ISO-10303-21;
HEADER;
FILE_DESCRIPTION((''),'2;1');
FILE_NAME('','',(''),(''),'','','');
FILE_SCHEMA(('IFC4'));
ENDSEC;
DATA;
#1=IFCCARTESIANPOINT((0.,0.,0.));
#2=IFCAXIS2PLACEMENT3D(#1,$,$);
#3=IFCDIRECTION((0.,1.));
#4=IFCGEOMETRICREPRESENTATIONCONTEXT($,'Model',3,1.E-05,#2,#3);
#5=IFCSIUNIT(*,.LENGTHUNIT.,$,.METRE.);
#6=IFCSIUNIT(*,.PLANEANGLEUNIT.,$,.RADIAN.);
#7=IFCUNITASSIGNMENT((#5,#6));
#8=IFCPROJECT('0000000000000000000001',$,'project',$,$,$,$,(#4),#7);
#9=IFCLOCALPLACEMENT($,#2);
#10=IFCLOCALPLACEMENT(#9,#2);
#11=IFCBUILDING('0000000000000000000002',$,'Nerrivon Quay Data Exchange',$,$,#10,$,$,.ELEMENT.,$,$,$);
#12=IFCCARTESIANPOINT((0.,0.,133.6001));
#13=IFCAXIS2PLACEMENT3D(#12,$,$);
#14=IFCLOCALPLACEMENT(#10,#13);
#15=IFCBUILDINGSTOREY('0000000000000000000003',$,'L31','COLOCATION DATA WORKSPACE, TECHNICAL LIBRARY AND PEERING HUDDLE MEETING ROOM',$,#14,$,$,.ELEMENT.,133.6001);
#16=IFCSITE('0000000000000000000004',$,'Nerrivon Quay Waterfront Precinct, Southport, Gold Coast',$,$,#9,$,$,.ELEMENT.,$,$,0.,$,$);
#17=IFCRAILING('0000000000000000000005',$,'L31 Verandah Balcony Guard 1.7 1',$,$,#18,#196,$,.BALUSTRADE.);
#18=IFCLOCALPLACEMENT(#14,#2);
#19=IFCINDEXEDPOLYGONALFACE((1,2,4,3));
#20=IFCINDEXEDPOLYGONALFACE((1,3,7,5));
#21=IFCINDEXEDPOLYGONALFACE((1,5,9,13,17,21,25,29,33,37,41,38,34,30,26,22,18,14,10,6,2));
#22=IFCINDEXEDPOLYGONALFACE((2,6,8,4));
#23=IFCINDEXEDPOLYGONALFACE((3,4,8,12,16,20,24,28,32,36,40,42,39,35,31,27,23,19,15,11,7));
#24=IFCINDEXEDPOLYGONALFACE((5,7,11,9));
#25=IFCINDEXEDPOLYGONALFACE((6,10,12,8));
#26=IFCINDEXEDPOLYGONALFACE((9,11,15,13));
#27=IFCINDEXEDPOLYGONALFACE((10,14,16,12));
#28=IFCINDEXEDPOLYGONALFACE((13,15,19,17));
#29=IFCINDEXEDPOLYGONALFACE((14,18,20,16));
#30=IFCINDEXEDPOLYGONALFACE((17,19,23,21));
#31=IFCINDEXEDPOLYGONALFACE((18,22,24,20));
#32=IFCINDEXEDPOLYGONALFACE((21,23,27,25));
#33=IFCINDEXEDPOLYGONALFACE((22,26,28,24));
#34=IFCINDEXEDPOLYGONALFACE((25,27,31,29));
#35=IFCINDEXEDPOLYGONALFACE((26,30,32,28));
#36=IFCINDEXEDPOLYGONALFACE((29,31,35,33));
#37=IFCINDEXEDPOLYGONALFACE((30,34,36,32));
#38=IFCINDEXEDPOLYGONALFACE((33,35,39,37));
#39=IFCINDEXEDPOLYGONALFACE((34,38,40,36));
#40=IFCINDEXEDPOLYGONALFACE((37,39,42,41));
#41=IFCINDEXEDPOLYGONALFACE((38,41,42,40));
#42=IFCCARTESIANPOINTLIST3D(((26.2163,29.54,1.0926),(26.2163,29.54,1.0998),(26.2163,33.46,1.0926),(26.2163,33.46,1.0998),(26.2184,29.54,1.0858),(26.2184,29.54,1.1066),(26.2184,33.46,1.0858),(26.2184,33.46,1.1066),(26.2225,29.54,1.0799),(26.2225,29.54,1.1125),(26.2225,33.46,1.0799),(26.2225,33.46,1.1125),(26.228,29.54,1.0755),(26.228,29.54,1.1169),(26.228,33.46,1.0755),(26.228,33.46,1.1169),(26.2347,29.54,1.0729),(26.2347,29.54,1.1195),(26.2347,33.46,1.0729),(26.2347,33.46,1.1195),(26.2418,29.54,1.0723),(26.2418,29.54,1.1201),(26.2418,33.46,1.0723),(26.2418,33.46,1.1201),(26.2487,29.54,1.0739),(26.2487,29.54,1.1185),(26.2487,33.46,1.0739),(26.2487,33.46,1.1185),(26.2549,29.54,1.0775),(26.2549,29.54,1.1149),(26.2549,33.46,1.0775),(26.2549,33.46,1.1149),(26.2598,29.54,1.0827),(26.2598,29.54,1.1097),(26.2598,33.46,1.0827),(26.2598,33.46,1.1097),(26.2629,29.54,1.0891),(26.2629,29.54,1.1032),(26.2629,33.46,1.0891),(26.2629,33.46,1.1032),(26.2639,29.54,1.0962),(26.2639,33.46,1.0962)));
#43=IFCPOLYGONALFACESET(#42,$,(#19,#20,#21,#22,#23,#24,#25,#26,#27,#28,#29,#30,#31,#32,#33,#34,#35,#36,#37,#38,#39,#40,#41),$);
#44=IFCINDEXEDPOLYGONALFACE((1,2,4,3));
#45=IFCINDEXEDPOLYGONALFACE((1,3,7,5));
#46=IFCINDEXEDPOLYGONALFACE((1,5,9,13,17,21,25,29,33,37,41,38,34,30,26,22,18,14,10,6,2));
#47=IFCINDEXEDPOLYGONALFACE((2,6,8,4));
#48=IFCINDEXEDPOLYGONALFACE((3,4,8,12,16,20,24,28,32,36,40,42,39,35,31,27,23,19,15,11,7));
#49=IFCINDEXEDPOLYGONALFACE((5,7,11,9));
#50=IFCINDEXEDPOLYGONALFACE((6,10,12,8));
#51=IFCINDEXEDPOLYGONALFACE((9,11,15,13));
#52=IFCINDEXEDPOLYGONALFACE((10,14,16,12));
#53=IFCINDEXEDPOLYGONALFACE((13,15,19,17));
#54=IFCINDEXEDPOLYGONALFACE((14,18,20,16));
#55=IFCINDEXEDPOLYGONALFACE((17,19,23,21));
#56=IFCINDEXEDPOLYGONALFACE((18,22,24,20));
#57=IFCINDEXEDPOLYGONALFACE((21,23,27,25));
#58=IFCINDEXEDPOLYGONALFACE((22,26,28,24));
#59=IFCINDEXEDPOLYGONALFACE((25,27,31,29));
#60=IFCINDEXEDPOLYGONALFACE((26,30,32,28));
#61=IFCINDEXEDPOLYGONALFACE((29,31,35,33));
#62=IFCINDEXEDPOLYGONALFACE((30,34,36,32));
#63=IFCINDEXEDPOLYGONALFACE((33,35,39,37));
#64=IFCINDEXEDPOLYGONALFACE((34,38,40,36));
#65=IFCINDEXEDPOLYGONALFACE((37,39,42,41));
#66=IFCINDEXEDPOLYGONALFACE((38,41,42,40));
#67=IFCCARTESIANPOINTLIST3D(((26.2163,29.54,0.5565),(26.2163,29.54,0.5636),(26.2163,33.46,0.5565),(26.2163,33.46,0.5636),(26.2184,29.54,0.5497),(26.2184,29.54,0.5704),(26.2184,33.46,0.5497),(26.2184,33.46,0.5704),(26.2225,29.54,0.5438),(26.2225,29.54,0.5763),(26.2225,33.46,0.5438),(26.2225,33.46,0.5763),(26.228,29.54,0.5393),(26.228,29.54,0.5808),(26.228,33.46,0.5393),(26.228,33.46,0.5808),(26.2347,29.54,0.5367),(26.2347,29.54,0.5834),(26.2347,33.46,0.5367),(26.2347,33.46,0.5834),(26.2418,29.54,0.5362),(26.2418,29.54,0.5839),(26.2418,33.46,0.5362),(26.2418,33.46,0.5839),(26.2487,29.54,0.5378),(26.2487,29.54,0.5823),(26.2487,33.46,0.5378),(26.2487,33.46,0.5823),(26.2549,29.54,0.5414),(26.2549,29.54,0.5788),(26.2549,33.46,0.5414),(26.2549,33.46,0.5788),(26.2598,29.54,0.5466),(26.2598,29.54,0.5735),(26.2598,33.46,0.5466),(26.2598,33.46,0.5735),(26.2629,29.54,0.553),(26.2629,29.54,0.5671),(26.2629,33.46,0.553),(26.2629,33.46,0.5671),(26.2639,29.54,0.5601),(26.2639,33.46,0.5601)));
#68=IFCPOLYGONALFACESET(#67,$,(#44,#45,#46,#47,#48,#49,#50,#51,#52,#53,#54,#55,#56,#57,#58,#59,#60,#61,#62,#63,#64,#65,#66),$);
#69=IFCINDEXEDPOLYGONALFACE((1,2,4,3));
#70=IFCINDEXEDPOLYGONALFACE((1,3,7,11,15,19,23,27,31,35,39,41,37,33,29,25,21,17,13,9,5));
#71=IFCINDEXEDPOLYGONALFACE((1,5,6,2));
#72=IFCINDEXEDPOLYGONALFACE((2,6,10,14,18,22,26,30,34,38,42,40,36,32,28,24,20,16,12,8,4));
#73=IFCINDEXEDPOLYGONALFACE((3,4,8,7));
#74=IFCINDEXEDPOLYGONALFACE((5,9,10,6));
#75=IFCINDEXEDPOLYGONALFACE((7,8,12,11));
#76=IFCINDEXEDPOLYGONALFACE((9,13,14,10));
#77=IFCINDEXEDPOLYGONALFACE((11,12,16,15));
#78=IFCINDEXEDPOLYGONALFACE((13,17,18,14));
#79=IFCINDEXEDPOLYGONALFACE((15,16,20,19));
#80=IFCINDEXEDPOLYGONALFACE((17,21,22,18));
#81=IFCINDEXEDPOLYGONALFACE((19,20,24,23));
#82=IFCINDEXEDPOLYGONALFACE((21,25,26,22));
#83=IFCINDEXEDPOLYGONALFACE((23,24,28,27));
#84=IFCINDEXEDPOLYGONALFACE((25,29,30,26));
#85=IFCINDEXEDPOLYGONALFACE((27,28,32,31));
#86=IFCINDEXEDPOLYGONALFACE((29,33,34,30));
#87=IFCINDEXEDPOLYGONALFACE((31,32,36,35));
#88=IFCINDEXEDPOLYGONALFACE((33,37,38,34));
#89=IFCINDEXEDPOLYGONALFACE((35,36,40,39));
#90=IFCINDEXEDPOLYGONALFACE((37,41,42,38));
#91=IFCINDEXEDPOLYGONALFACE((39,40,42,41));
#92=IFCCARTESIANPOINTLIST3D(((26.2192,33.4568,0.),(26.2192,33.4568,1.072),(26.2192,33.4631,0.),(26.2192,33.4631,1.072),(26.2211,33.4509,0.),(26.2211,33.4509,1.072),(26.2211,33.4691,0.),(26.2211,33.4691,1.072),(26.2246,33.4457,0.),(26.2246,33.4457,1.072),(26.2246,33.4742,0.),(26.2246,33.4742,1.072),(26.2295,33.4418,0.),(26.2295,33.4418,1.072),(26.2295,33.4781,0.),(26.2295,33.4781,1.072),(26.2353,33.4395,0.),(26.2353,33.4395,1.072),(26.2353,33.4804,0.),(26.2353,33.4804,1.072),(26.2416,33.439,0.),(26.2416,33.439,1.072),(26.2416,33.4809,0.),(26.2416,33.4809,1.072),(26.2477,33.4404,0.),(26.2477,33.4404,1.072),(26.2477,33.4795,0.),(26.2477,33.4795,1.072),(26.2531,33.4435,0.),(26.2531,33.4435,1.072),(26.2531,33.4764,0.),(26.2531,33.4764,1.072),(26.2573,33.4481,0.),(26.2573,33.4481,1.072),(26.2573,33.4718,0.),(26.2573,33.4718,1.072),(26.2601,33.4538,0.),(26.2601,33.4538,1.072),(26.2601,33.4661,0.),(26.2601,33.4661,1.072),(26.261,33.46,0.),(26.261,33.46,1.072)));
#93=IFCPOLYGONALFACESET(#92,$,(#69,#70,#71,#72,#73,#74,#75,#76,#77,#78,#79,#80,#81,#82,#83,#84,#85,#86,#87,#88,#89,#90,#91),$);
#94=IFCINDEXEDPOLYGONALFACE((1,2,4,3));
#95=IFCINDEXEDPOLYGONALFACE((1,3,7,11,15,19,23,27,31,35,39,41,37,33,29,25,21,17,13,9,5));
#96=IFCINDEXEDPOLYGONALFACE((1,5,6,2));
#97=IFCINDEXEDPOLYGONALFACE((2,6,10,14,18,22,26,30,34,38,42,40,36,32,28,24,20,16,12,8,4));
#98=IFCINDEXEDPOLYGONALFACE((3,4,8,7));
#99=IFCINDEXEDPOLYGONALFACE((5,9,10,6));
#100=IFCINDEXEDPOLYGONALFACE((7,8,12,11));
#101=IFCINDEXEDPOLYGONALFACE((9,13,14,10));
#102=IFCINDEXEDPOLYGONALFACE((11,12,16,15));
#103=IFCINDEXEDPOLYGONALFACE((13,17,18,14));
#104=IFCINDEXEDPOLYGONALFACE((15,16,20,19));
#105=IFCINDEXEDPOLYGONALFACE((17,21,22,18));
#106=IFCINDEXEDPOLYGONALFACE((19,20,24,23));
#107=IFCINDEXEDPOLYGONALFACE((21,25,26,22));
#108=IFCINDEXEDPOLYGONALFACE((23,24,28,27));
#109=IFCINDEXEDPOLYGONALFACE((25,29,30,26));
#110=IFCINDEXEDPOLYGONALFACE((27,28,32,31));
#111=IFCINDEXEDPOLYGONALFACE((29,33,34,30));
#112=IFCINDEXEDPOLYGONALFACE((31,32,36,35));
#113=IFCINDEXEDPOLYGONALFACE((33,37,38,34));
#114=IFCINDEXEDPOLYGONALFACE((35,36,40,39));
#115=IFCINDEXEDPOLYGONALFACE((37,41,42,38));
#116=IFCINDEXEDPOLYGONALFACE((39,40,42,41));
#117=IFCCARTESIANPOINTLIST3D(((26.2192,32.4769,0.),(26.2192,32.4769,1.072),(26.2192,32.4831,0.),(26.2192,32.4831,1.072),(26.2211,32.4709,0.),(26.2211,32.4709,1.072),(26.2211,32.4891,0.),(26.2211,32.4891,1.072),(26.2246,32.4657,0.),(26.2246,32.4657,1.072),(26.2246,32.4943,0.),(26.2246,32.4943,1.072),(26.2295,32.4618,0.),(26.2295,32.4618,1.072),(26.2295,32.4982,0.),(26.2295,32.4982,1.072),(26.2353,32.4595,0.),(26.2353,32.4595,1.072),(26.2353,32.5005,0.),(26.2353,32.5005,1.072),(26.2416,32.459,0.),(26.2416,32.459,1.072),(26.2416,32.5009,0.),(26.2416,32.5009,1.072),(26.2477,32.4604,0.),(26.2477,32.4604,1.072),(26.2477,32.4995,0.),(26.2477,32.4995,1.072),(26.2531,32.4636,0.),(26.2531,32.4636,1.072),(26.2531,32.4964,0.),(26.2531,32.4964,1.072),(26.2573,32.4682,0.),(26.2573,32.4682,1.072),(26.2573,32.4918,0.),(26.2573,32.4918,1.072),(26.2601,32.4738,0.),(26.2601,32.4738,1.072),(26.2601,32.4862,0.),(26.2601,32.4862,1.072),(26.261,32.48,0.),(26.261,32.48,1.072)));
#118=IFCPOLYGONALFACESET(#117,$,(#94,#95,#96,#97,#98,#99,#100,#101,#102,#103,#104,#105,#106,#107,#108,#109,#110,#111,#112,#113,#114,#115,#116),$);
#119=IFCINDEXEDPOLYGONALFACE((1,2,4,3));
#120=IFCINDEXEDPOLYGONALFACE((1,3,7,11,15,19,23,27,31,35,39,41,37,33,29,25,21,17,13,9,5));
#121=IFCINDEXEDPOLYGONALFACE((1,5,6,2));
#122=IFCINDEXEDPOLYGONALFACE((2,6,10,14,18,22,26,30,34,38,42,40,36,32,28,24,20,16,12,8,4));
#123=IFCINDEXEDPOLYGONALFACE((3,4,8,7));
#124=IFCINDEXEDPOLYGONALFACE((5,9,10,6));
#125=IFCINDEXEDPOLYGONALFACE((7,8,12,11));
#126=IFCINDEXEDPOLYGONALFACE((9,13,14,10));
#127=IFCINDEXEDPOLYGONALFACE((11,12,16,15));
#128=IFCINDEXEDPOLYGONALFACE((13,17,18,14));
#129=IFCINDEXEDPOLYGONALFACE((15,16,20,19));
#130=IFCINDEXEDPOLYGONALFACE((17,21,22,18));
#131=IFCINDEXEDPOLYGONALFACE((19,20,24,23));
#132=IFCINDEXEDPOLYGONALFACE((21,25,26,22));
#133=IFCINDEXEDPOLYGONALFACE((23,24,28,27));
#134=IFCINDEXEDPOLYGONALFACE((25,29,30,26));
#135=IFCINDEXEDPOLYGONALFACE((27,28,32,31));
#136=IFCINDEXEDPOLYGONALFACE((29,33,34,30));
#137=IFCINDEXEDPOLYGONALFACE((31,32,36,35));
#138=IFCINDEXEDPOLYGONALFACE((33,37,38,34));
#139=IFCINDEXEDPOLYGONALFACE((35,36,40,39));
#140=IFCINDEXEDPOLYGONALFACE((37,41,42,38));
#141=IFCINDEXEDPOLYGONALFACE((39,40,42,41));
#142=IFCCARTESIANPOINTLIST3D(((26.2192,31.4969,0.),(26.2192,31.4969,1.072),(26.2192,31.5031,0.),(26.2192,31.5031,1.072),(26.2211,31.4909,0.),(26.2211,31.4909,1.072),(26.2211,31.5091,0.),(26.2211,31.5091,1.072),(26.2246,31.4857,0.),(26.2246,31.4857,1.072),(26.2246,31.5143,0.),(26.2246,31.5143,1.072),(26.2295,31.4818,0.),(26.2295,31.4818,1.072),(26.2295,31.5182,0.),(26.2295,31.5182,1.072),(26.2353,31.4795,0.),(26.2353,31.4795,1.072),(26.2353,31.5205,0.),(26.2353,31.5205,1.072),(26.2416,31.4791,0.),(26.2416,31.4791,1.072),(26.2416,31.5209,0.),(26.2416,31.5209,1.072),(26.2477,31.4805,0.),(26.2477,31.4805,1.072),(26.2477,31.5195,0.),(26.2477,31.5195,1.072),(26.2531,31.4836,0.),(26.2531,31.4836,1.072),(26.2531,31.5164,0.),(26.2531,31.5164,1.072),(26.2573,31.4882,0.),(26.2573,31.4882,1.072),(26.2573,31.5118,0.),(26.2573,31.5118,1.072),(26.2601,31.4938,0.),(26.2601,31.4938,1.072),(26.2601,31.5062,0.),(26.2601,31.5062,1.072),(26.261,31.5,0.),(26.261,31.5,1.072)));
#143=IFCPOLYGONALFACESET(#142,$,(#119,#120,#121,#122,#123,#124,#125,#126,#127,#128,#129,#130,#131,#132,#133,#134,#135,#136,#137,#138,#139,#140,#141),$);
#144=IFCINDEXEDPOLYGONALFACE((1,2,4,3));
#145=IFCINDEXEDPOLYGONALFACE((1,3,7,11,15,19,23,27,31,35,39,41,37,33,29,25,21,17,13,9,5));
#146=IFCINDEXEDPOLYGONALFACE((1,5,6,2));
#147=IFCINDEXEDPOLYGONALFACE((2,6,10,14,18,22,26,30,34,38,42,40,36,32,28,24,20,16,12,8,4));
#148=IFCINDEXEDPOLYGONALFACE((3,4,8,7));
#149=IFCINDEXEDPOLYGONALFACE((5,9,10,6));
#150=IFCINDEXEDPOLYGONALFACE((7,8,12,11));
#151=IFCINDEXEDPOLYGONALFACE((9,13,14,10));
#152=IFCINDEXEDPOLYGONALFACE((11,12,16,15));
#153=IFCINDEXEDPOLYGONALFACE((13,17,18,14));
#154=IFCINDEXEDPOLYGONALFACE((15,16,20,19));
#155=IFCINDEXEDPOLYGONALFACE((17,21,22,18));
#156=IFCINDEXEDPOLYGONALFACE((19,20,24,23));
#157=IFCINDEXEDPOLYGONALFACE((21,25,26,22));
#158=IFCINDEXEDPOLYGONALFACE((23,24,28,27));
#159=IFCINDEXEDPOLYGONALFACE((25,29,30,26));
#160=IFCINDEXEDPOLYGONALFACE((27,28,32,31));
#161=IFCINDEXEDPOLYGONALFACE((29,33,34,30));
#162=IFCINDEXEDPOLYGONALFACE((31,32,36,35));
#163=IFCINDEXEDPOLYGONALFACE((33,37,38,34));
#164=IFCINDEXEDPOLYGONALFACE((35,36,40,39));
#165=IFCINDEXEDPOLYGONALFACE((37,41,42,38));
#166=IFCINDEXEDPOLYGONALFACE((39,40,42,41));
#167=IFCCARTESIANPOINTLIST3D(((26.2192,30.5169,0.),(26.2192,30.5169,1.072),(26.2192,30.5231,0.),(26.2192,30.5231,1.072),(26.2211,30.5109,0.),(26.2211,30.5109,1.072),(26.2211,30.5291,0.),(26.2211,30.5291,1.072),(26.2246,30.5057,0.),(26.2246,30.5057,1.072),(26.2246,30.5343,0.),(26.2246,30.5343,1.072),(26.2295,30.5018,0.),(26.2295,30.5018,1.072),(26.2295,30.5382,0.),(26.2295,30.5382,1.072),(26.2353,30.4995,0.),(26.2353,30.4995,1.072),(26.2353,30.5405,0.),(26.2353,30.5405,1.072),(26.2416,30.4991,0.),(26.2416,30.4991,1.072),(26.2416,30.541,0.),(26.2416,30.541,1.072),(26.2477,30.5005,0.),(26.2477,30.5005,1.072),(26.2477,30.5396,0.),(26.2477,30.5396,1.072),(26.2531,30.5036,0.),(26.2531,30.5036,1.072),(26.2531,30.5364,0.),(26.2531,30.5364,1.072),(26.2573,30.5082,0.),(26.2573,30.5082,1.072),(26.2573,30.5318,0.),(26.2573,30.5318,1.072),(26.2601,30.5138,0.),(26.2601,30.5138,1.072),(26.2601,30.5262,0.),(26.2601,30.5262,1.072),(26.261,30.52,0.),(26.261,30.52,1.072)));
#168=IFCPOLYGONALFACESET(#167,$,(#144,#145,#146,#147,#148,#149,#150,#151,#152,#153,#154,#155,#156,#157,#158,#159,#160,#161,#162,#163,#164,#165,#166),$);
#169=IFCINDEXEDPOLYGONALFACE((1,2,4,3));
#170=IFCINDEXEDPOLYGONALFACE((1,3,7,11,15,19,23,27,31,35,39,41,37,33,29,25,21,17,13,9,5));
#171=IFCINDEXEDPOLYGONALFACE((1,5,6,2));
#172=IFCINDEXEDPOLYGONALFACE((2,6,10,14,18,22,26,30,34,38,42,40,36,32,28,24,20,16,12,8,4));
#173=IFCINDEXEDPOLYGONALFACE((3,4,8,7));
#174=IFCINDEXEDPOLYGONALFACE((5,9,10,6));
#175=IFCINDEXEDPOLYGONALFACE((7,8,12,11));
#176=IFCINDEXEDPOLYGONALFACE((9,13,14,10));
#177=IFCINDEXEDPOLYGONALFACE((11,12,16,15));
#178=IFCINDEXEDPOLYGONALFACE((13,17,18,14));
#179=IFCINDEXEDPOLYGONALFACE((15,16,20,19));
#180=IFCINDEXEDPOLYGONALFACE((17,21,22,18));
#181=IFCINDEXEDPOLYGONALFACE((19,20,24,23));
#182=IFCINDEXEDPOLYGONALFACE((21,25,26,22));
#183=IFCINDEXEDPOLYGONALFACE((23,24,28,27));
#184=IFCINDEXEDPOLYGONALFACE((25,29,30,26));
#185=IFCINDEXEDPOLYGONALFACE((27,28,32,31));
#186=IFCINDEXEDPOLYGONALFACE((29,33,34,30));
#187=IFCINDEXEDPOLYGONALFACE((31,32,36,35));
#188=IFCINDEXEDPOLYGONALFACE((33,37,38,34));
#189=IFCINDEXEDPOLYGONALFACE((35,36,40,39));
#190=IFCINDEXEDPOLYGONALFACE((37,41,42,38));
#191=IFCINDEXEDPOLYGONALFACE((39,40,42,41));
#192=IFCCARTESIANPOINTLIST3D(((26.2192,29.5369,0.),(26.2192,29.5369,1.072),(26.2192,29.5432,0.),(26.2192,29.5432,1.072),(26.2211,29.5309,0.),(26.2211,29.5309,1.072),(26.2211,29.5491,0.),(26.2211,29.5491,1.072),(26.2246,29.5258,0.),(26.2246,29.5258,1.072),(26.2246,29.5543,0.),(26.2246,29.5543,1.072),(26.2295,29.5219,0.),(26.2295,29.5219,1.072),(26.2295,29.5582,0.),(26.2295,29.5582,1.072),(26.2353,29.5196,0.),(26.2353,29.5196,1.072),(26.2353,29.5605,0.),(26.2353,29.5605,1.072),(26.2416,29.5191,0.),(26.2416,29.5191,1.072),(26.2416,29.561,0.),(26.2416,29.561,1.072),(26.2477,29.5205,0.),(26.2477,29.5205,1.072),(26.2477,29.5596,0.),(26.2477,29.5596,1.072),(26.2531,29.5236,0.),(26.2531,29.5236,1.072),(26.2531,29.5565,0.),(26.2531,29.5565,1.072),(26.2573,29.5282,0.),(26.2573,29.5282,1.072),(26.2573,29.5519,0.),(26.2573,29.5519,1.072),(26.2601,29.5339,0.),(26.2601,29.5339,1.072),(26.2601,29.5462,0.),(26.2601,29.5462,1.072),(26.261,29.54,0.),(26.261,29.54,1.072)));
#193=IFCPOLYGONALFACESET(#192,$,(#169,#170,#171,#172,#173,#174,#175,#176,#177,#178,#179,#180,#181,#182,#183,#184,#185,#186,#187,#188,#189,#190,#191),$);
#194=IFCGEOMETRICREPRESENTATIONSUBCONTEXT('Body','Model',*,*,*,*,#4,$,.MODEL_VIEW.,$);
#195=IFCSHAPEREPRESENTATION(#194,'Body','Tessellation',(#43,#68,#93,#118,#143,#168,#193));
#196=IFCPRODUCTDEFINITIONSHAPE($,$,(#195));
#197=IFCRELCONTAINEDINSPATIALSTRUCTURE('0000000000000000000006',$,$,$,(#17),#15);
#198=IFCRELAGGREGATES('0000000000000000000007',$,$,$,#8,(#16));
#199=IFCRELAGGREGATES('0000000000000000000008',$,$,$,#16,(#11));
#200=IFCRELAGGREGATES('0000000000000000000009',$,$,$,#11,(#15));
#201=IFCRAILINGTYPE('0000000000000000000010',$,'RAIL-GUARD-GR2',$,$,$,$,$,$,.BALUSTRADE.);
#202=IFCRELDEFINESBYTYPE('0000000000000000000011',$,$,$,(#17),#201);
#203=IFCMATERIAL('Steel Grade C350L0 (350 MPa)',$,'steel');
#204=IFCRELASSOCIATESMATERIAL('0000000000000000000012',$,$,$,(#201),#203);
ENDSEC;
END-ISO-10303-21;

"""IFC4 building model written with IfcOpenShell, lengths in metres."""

from ifc_helpers import new_model, si_unit, direction, frame, origin, origin_2d, place, context, subcontext, project, spatial, circle, extrude, material, type_object, element, save


model = new_model("IFC4")

# Units and contexts
model_context = context("Model", 3, precision=1e-05, world=origin(), true_north=direction((0.0, 1.0)))
body_context = subcontext(model_context, "Body", "Model", "MODEL_VIEW")
ifc_project = project(units=[si_unit("LENGTHUNIT", "METRE"), si_unit("PLANEANGLEUNIT", "RADIAN")], contexts=[model_context])

# Site, building, storey
site_placement = place(None, origin())
site = spatial("IfcSite", under=ifc_project, at=site_placement, Name="Nerrivon Quay Waterfront Precinct, Southport, Gold Coast", CompositionType="ELEMENT", RefElevation=0.0)
building_placement = place(site_placement, origin())
building = spatial("IfcBuilding", under=site, at=building_placement, Name="Nerrivon Quay Data Exchange", CompositionType="ELEMENT")
storey_placement = place(building_placement, frame((0.0, 0.0, 133.6001)))
storey = spatial("IfcBuildingStorey", under=building, at=storey_placement, Name="L31", Description="COLOCATION DATA WORKSPACE, TECHNICAL LIBRARY AND PEERING HUDDLE MEETING ROOM", CompositionType="ELEMENT", Elevation=133.6001)

# Railing
ifc_material_1 = material(Name="Steel Grade C350L0 (350 MPa)", Category="steel")
railing_type = type_object("IfcRailingType", Name="RAIL-GUARD-GR2", PredefinedType="BALUSTRADE", material=ifc_material_1)
railing_1_placement = place(storey_placement, frame((26.24, 33.46, 0.0)))
element("IfcRailing", 1, at=railing_1_placement, inside=storey, type_object=railing_type, Name="L31 Verandah Balcony Guard 1.7 1", PredefinedType="BALUSTRADE", context=body_context, shape_type="SweptSolid", body=[
    extrude(circle(Radius=0.0239, at=origin_2d()), frame((0.0, 0.0, 1.0962), z_axis=(0.0, -1.0, 0.0), x_axis=(1.0, 0.0, 0.0)), (0.0, 0.0, 1.0), 3.9199),
    extrude(circle(Radius=0.0239, at=origin_2d()), frame((0.0, 0.0, 0.5601), z_axis=(0.0, -1.0, 0.0), x_axis=(1.0, 0.0, 0.0)), (0.0, 0.0, 1.0), 3.9199),
    extrude(circle(Radius=0.021, at=origin_2d()), origin(), (0.0, 0.0, 1.0), 1.072),
    extrude(circle(Radius=0.021, at=origin_2d()), frame((0.0, -0.98, 0.0)), (0.0, 0.0, 1.0), 1.072),
    extrude(circle(Radius=0.021, at=origin_2d()), frame((0.0, -1.96, 0.0)), (0.0, 0.0, 1.0), 1.072),
    extrude(circle(Radius=0.021, at=origin_2d()), frame((0.0, -2.9399, 0.0)), (0.0, 0.0, 1.0), 1.072),
    extrude(circle(Radius=0.021, at=origin_2d()), frame((0.0, -3.9199, 0.0)), (0.0, 0.0, 1.0), 1.072),
])

save(model, "model.ifc")
